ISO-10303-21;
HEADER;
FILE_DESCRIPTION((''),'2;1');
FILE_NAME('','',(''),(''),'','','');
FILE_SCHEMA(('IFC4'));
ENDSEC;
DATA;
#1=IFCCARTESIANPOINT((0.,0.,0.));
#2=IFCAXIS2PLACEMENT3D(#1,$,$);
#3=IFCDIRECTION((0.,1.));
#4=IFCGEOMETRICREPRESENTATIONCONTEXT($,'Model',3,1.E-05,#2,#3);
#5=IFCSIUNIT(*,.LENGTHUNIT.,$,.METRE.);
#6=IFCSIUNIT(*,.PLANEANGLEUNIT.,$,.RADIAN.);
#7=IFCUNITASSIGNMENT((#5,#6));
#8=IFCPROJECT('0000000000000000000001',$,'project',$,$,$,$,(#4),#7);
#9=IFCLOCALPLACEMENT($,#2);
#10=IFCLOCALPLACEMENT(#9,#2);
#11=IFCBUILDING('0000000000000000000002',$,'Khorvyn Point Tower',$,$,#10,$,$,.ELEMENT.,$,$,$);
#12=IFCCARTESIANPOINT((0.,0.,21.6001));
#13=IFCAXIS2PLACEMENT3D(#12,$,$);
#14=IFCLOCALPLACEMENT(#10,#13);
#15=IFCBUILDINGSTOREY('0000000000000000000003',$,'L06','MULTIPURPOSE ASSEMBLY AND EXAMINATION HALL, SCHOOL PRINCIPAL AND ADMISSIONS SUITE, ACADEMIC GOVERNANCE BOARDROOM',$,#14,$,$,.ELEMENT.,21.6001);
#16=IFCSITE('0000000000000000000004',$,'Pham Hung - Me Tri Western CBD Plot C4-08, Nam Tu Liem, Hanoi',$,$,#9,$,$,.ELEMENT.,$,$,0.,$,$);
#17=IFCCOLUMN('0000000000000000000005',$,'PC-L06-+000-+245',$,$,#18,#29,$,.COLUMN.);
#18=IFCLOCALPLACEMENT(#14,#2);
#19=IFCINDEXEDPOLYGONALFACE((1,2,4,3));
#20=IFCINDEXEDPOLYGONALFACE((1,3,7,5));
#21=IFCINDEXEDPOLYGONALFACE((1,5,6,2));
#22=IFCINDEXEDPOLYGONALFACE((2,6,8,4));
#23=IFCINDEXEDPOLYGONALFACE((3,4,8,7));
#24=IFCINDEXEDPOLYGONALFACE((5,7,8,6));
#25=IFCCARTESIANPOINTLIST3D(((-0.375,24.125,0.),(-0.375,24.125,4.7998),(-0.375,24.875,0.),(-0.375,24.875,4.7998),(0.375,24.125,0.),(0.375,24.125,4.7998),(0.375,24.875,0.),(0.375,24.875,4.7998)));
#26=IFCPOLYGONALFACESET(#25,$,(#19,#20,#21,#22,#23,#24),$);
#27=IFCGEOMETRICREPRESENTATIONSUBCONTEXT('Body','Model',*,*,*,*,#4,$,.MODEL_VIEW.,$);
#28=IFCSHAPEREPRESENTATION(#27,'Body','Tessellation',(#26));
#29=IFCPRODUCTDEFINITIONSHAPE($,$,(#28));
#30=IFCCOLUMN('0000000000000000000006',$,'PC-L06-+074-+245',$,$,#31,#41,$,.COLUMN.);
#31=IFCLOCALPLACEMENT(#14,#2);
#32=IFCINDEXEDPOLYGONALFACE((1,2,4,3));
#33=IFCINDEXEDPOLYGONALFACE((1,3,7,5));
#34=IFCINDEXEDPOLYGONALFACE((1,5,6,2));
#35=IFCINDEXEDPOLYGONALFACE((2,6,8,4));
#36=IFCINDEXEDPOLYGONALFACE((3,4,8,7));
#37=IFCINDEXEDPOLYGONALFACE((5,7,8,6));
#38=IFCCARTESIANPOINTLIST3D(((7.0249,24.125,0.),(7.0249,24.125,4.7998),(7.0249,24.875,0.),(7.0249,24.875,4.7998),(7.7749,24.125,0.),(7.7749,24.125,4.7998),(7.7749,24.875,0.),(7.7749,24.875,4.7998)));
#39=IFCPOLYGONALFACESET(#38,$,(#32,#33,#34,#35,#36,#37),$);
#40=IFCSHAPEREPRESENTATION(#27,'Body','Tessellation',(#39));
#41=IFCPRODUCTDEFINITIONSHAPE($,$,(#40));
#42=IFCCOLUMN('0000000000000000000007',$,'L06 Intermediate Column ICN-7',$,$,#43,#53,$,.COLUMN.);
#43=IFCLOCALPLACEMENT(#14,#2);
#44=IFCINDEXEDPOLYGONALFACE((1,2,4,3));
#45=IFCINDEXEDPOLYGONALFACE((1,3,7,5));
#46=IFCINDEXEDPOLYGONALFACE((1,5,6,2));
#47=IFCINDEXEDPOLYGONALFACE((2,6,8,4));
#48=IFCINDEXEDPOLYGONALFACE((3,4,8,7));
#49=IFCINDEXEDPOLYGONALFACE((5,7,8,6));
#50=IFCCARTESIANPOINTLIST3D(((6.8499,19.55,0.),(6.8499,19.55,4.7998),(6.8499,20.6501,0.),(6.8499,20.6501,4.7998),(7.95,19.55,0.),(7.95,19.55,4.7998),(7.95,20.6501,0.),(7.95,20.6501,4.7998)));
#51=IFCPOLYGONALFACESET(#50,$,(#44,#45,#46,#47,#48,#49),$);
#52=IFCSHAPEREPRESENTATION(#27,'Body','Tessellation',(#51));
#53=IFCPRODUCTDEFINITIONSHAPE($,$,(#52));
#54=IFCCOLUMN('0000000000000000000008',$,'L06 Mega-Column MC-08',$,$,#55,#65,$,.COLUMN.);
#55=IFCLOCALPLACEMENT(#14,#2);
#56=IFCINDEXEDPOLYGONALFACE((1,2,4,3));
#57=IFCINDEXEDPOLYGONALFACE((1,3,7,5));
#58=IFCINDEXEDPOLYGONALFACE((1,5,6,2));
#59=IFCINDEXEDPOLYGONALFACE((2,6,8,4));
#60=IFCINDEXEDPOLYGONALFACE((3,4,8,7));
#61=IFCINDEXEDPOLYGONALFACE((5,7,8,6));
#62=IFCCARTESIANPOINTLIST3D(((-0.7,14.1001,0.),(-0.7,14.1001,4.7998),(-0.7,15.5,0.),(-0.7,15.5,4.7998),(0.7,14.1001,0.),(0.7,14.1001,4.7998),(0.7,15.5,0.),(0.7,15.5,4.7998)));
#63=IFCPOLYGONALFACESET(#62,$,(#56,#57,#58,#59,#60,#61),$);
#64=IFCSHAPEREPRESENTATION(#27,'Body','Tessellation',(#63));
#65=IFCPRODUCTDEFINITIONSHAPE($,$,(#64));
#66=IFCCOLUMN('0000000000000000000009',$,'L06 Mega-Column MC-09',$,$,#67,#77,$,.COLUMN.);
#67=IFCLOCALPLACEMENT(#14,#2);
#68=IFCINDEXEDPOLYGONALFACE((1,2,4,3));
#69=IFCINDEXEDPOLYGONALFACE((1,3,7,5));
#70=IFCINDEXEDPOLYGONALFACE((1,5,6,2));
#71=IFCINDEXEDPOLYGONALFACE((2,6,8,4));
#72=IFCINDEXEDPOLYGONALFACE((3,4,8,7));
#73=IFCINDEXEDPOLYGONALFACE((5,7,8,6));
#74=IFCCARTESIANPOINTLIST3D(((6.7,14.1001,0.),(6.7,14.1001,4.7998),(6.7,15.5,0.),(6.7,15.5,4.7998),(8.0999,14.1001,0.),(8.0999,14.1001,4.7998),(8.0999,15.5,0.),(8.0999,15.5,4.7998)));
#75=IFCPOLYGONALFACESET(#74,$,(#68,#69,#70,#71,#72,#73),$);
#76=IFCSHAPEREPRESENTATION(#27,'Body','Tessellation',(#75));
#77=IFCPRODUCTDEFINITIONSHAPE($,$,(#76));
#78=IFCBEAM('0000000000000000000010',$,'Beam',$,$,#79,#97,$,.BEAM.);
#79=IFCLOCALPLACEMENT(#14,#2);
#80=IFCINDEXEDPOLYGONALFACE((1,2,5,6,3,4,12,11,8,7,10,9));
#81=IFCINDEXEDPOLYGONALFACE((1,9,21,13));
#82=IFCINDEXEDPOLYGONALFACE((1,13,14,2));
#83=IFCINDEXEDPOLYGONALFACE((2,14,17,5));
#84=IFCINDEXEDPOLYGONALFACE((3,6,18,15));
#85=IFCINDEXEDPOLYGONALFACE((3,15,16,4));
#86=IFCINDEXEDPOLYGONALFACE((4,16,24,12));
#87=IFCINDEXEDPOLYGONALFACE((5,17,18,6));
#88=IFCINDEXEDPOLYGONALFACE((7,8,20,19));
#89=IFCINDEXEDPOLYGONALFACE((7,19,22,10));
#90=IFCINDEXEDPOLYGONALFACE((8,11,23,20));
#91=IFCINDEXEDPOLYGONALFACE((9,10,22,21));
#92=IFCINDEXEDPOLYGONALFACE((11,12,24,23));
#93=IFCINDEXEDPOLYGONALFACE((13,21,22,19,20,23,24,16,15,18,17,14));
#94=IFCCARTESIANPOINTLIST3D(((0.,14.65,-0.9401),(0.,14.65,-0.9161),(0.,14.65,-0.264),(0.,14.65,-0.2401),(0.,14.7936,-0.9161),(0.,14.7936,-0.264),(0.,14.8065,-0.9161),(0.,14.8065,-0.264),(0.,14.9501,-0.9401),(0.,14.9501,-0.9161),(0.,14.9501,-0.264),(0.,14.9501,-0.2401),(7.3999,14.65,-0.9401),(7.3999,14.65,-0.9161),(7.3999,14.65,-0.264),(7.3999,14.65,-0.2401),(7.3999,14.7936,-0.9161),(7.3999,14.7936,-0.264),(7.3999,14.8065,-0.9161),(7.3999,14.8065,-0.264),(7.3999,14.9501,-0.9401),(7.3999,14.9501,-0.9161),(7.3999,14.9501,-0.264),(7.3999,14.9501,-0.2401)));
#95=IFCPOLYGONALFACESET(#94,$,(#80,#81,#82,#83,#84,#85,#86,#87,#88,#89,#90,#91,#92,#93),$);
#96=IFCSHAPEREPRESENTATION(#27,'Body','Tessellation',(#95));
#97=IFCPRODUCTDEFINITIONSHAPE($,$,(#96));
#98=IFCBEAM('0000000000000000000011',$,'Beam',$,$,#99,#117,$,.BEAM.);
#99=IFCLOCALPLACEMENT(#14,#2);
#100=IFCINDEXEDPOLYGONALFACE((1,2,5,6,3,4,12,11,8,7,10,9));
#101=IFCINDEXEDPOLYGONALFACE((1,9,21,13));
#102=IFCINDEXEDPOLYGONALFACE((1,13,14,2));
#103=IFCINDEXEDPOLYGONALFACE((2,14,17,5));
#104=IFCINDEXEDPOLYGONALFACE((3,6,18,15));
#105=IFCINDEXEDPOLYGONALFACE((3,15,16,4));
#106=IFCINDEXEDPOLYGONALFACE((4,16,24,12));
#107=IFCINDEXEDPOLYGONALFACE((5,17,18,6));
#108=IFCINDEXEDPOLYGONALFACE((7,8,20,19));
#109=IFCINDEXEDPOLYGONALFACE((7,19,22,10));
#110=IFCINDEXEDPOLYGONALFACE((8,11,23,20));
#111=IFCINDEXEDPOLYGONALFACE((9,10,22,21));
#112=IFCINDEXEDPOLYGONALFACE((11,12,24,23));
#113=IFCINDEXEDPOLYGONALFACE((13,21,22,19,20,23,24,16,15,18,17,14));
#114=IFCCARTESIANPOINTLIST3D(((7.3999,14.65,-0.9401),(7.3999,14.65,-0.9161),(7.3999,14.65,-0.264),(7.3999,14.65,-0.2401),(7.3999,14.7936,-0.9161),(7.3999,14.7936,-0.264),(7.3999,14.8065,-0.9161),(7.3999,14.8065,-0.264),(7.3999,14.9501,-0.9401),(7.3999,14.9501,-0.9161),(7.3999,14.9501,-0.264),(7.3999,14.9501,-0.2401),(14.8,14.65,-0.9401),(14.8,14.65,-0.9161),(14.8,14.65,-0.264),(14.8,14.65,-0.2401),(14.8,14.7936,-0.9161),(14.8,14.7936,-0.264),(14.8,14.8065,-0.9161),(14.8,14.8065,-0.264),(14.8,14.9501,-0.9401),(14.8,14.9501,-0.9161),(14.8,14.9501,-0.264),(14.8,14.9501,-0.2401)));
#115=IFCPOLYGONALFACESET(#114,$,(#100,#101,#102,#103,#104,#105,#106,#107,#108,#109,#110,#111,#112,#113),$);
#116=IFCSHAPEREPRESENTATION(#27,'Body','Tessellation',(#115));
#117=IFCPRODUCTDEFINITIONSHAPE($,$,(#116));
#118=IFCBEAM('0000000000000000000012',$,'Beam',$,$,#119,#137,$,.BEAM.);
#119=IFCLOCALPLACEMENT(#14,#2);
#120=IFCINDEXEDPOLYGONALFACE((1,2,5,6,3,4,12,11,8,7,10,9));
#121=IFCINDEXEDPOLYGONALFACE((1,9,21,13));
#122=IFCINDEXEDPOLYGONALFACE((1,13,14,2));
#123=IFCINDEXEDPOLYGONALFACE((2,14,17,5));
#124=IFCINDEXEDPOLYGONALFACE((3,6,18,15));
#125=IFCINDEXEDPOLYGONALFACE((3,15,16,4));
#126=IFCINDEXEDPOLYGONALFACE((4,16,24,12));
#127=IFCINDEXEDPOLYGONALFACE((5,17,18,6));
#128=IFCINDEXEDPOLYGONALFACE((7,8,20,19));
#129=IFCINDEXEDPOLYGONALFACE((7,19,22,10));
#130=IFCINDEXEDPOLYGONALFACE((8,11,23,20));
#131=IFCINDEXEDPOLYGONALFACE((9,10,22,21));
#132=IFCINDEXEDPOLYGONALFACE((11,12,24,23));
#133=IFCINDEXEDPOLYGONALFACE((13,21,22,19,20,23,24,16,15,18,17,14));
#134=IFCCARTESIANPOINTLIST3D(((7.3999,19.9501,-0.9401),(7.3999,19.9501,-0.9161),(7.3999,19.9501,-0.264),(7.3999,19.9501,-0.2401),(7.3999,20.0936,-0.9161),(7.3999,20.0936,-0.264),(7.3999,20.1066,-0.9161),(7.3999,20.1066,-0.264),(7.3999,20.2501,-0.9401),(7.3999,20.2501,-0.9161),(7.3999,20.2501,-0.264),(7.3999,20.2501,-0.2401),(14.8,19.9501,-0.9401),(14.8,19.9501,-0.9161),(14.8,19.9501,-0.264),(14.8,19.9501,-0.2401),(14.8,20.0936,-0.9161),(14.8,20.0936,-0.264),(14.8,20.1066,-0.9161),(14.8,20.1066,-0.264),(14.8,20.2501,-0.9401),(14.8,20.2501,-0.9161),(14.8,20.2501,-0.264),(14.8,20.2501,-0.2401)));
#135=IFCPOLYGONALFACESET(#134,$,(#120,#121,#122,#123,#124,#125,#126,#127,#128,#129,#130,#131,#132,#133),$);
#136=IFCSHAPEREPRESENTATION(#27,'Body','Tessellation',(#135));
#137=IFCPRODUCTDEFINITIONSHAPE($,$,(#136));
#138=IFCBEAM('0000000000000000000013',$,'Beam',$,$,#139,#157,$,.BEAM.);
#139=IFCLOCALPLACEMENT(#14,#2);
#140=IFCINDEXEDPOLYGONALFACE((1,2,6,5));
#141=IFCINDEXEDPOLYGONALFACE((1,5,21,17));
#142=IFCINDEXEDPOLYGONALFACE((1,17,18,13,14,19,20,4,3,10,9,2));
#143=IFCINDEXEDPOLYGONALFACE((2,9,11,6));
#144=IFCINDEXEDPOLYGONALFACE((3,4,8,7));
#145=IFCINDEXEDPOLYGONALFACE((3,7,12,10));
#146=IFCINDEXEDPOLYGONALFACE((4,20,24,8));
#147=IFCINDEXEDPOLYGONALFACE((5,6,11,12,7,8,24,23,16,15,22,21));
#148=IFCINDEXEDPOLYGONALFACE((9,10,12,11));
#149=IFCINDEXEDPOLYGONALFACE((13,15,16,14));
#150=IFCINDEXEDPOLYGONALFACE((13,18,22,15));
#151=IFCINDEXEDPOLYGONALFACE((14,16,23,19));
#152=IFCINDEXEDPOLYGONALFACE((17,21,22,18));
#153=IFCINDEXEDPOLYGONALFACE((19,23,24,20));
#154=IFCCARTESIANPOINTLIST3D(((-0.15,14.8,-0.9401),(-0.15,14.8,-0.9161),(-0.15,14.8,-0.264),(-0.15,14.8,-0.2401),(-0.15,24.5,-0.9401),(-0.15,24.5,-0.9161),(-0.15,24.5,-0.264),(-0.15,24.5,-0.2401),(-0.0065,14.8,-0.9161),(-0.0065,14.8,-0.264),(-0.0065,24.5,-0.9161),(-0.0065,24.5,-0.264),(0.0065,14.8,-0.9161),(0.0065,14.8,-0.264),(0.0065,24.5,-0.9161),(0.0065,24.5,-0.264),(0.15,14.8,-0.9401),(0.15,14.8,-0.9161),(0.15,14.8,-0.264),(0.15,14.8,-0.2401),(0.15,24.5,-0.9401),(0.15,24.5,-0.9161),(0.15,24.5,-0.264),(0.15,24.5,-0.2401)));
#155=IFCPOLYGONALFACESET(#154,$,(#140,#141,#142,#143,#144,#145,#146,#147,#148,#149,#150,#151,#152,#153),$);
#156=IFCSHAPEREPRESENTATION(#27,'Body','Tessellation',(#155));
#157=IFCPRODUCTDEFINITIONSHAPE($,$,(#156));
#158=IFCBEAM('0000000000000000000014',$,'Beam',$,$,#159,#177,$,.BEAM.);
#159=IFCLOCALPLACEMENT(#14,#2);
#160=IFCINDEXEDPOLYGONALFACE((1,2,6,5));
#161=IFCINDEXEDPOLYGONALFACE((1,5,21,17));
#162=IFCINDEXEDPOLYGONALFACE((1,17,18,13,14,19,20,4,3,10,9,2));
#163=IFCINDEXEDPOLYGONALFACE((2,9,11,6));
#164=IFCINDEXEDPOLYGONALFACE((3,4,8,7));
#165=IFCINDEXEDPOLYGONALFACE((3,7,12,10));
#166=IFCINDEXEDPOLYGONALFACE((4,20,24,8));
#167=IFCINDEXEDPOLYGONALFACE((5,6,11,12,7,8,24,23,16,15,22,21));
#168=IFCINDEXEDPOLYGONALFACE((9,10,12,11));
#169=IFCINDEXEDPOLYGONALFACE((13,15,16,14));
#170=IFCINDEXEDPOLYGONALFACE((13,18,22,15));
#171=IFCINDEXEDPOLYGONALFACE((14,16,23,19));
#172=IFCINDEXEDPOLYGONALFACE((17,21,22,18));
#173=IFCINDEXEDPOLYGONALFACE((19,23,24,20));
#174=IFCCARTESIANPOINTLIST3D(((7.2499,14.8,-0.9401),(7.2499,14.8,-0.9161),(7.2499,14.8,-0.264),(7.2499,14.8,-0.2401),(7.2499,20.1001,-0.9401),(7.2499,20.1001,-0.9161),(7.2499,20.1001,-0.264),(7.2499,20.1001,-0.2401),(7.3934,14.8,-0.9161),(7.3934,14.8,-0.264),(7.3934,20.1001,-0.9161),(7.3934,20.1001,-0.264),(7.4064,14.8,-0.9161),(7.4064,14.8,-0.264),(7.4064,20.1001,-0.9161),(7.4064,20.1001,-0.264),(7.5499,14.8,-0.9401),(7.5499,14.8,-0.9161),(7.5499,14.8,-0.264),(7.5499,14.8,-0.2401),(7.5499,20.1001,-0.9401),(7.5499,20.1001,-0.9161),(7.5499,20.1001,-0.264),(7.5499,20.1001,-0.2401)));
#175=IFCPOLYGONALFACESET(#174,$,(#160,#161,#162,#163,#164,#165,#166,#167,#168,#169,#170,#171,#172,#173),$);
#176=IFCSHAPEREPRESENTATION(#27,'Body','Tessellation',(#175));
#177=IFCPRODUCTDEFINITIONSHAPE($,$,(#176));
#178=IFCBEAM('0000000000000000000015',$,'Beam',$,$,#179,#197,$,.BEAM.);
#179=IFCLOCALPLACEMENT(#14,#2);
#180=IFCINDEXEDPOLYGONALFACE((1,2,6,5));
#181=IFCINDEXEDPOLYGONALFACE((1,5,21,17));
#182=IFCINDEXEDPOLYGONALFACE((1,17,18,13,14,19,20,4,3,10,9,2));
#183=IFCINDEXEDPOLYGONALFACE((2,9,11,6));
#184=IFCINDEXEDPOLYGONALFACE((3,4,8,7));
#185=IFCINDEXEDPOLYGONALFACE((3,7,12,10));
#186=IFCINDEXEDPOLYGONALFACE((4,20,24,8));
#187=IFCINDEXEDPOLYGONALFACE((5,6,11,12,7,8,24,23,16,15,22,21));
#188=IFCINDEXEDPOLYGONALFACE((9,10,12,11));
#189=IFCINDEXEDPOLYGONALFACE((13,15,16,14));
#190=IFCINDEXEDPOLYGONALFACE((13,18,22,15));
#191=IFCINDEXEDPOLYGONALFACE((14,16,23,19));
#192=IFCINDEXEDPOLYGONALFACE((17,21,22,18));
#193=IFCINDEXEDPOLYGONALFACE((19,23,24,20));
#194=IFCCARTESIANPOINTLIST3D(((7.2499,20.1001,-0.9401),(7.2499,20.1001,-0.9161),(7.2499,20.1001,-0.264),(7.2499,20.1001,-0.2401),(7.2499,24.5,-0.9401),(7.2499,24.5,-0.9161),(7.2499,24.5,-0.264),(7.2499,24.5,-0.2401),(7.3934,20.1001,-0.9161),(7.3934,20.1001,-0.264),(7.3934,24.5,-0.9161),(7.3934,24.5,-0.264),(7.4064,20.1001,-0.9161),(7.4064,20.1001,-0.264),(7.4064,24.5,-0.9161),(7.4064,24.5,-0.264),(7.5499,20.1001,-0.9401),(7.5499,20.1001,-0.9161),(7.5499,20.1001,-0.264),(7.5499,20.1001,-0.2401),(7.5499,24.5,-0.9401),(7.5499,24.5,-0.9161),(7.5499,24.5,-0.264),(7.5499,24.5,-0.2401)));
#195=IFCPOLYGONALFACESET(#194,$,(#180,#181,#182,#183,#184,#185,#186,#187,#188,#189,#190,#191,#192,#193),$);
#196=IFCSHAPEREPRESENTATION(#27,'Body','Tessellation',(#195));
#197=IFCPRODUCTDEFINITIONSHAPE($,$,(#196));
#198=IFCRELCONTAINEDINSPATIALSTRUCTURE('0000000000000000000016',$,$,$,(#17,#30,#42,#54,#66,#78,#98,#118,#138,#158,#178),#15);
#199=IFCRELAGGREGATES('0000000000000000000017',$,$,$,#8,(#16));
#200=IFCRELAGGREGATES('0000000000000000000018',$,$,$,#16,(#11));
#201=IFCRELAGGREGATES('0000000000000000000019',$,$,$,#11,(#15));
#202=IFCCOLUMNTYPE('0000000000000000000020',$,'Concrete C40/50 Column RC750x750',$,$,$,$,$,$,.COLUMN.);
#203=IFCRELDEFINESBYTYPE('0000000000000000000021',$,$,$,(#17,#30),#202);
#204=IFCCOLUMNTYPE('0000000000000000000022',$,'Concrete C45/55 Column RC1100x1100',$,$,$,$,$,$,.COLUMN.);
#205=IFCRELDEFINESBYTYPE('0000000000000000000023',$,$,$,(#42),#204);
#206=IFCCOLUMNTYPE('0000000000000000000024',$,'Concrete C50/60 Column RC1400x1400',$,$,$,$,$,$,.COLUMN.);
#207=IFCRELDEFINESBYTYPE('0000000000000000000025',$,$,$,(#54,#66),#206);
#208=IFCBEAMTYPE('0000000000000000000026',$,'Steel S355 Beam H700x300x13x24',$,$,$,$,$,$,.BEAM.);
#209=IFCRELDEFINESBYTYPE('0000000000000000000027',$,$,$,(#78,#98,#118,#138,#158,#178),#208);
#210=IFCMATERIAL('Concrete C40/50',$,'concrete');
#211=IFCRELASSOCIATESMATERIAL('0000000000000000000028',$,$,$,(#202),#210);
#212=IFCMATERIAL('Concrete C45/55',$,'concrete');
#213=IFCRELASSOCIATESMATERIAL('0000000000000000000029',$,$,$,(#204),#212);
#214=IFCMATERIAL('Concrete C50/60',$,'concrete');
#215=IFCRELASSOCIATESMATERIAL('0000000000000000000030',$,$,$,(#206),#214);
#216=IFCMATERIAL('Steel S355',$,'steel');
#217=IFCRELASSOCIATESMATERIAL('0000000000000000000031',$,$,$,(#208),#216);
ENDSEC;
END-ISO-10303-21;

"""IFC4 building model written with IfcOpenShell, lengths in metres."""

from ifc_helpers import new_model, si_unit, direction, frame, origin, origin_2d, place, context, subcontext, project, spatial, rectangle, i_section, extrude, material, material_profile, profile_set, type_object, element, save


model = new_model("IFC4")

# Units and contexts
model_context = context("Model", 3, precision=1e-05, world=origin(), true_north=direction((0.0, 1.0)))
body_context = subcontext(model_context, "Body", "Model", "MODEL_VIEW")
ifc_project = project(units=[si_unit("LENGTHUNIT", "METRE"), si_unit("PLANEANGLEUNIT", "RADIAN")], contexts=[model_context])

# Site, building, storey
site_placement = place(None, origin())
site = spatial("IfcSite", under=ifc_project, at=site_placement, Name="Pham Hung - Me Tri Western CBD Plot C4-08, Nam Tu Liem, Hanoi", CompositionType="ELEMENT", RefElevation=0.0)
building_placement = place(site_placement, origin())
building = spatial("IfcBuilding", under=site, at=building_placement, Name="Khorvyn Point Tower", CompositionType="ELEMENT")
storey_placement = place(building_placement, frame((0.0, 0.0, 21.6001)))
storey = spatial("IfcBuildingStorey", under=building, at=storey_placement, Name="L06", Description="MULTIPURPOSE ASSEMBLY AND EXAMINATION HALL, SCHOOL PRINCIPAL AND ADMISSIONS SUITE, ACADEMIC GOVERNANCE BOARDROOM", CompositionType="ELEMENT", Elevation=21.6001)

# Columns
ifc_material_1 = material(Name="Concrete C40/50", Category="concrete")
ifc_material_profile_1 = material_profile(ifc_material_1, rectangle(XDim=0.75, YDim=0.75, at=origin_2d()))
ifc_profile_set_1 = profile_set([ifc_material_profile_1], Name="Concrete C40/50 RC750x750")
column_type_1 = type_object("IfcColumnType", Name="Concrete C40/50 Column RC750x750", PredefinedType="COLUMN", material=ifc_profile_set_1)
for number, where, z_axis, x_axis, name in (
    (1, (0.0, 24.5, 0.0), (0.0, 0.0, 1.0), (1.0, 0.0, 0.0), "PC-L06-+000-+245"),
    (2, (7.3999, 24.5, 0.0), (0.0, 0.0, 1.0), (1.0, 0.0, 0.0), "PC-L06-+074-+245"),
):
    element("IfcColumn", number, at=place(storey_placement, frame(where, z_axis=z_axis, x_axis=x_axis)), inside=storey, type_object=column_type_1, Name=name, PredefinedType="COLUMN", context=body_context, shape_type="SweptSolid", body=[
        extrude(rectangle(XDim=0.75, YDim=0.75, at=origin_2d()), origin(), (0.0, 0.0, 1.0), 4.7998),
    ])
ifc_material_2 = material(Name="Concrete C45/55", Category="concrete")
ifc_material_profile_2 = material_profile(ifc_material_2, rectangle(XDim=1.1001, YDim=1.1001, at=origin_2d()))
ifc_profile_set_2 = profile_set([ifc_material_profile_2], Name="Concrete C45/55 RC1100x1100")
column_type_2 = type_object("IfcColumnType", Name="Concrete C45/55 Column RC1100x1100", PredefinedType="COLUMN", material=ifc_profile_set_2)
column_placement = place(storey_placement, frame((7.3999, 20.1001, 0.0), z_axis=(0.0, 0.0, 1.0), x_axis=(1.0, 0.0, 0.0)))
element("IfcColumn", 3, at=column_placement, inside=storey, type_object=column_type_2, Name="L06 Intermediate Column ICN-7", PredefinedType="COLUMN", context=body_context, shape_type="SweptSolid", body=[
    extrude(rectangle(XDim=1.1001, YDim=1.1001, at=origin_2d()), origin(), (0.0, 0.0, 1.0), 4.7998),
])
ifc_material_3 = material(Name="Concrete C50/60", Category="concrete")
ifc_material_profile_3 = material_profile(ifc_material_3, rectangle(XDim=1.3999, YDim=1.3999, at=origin_2d()))
ifc_profile_set_3 = profile_set([ifc_material_profile_3], Name="Concrete C50/60 RC1400x1400")
column_type_3 = type_object("IfcColumnType", Name="Concrete C50/60 Column RC1400x1400", PredefinedType="COLUMN", material=ifc_profile_set_3)
for number, where, z_axis, x_axis, name in (
    (4, (0.0, 14.8, 0.0), (0.0, 0.0, 1.0), (1.0, 0.0, 0.0), "L06 Mega-Column MC-08"),
    (5, (7.3999, 14.8, 0.0), (0.0, 0.0, 1.0), (1.0, 0.0, 0.0), "L06 Mega-Column MC-09"),
):
    element("IfcColumn", number, at=place(storey_placement, frame(where, z_axis=z_axis, x_axis=x_axis)), inside=storey, type_object=column_type_3, Name=name, PredefinedType="COLUMN", context=body_context, shape_type="SweptSolid", body=[
        extrude(rectangle(XDim=1.3999, YDim=1.3999, at=origin_2d()), origin(), (0.0, 0.0, 1.0), 4.7998),
    ])

# Beams
ifc_material_4 = material(Name="Steel S355", Category="steel")
ifc_material_profile_4 = material_profile(ifc_material_4, i_section(OverallWidth=0.3, OverallDepth=0.7, WebThickness=0.0129, FlangeThickness=0.0239, at=origin_2d()))
ifc_profile_set_4 = profile_set([ifc_material_profile_4], Name="Steel S355 H700x300x13x24")
beam_type_1 = type_object("IfcBeamType", Name="Steel S355 Beam H700x300x13x24", PredefinedType="BEAM", material=ifc_profile_set_4)
beam_1_placement = place(storey_placement, frame((0.0, 14.8, -0.5901), z_axis=(1.0, 0.0, 0.0), x_axis=(0.0, 1.0, 0.0)))
element("IfcBeam", 6, at=beam_1_placement, inside=storey, type_object=beam_type_1, Name="Beam", PredefinedType="BEAM", context=body_context, shape_type="SweptSolid", body=[
    extrude(i_section(OverallWidth=0.3, OverallDepth=0.7, WebThickness=0.0129, FlangeThickness=0.0239, at=origin_2d()), origin(), (0.0, 0.0, 1.0), 7.3999),
])
for number, where, z_axis, x_axis, name in (
    (7, (7.3999, 14.8, -0.5901), (1.0, 0.0, 0.0), (0.0, 1.0, 0.0), "Beam"),
    (8, (7.3999, 20.1001, -0.5901), (1.0, 0.0, 0.0), (0.0, 1.0, 0.0), "Beam"),
):
    element("IfcBeam", number, at=place(storey_placement, frame(where, z_axis=z_axis, x_axis=x_axis)), inside=storey, type_object=beam_type_1, Name=name, PredefinedType="BEAM", context=body_context, shape_type="SweptSolid", body=[
        extrude(i_section(OverallWidth=0.3, OverallDepth=0.7, WebThickness=0.0129, FlangeThickness=0.0239, at=origin_2d()), origin(), (0.0, 0.0, 1.0), 7.4001),
    ])
beam_2_placement = place(storey_placement, frame((0.0, 14.8, -0.5901), z_axis=(0.0, 1.0, 0.0), x_axis=(-1.0, 0.0, 0.0)))
element("IfcBeam", 9, at=beam_2_placement, inside=storey, type_object=beam_type_1, Name="Beam", PredefinedType="BEAM", context=body_context, shape_type="SweptSolid", body=[
    extrude(i_section(OverallWidth=0.3, OverallDepth=0.7, WebThickness=0.0129, FlangeThickness=0.0239, at=origin_2d()), origin(), (0.0, 0.0, 1.0), 9.7),
])
beam_3_placement = place(storey_placement, frame((7.3999, 14.8, -0.5901), z_axis=(0.0, 1.0, 0.0), x_axis=(-1.0, 0.0, 0.0)))
element("IfcBeam", 10, at=beam_3_placement, inside=storey, type_object=beam_type_1, Name="Beam", PredefinedType="BEAM", context=body_context, shape_type="SweptSolid", body=[
    extrude(i_section(OverallWidth=0.3, OverallDepth=0.7, WebThickness=0.0129, FlangeThickness=0.0239, at=origin_2d()), origin(), (0.0, 0.0, 1.0), 5.3),
])
beam_4_placement = place(storey_placement, frame((7.3999, 20.1001, -0.5901), z_axis=(0.0, 1.0, 0.0), x_axis=(-1.0, 0.0, 0.0)))
element("IfcBeam", 11, at=beam_4_placement, inside=storey, type_object=beam_type_1, Name="Beam", PredefinedType="BEAM", context=body_context, shape_type="SweptSolid", body=[
    extrude(i_section(OverallWidth=0.3, OverallDepth=0.7, WebThickness=0.0129, FlangeThickness=0.0239, at=origin_2d()), origin(), (0.0, 0.0, 1.0), 4.3999),
])

save(model, "model.ifc")
